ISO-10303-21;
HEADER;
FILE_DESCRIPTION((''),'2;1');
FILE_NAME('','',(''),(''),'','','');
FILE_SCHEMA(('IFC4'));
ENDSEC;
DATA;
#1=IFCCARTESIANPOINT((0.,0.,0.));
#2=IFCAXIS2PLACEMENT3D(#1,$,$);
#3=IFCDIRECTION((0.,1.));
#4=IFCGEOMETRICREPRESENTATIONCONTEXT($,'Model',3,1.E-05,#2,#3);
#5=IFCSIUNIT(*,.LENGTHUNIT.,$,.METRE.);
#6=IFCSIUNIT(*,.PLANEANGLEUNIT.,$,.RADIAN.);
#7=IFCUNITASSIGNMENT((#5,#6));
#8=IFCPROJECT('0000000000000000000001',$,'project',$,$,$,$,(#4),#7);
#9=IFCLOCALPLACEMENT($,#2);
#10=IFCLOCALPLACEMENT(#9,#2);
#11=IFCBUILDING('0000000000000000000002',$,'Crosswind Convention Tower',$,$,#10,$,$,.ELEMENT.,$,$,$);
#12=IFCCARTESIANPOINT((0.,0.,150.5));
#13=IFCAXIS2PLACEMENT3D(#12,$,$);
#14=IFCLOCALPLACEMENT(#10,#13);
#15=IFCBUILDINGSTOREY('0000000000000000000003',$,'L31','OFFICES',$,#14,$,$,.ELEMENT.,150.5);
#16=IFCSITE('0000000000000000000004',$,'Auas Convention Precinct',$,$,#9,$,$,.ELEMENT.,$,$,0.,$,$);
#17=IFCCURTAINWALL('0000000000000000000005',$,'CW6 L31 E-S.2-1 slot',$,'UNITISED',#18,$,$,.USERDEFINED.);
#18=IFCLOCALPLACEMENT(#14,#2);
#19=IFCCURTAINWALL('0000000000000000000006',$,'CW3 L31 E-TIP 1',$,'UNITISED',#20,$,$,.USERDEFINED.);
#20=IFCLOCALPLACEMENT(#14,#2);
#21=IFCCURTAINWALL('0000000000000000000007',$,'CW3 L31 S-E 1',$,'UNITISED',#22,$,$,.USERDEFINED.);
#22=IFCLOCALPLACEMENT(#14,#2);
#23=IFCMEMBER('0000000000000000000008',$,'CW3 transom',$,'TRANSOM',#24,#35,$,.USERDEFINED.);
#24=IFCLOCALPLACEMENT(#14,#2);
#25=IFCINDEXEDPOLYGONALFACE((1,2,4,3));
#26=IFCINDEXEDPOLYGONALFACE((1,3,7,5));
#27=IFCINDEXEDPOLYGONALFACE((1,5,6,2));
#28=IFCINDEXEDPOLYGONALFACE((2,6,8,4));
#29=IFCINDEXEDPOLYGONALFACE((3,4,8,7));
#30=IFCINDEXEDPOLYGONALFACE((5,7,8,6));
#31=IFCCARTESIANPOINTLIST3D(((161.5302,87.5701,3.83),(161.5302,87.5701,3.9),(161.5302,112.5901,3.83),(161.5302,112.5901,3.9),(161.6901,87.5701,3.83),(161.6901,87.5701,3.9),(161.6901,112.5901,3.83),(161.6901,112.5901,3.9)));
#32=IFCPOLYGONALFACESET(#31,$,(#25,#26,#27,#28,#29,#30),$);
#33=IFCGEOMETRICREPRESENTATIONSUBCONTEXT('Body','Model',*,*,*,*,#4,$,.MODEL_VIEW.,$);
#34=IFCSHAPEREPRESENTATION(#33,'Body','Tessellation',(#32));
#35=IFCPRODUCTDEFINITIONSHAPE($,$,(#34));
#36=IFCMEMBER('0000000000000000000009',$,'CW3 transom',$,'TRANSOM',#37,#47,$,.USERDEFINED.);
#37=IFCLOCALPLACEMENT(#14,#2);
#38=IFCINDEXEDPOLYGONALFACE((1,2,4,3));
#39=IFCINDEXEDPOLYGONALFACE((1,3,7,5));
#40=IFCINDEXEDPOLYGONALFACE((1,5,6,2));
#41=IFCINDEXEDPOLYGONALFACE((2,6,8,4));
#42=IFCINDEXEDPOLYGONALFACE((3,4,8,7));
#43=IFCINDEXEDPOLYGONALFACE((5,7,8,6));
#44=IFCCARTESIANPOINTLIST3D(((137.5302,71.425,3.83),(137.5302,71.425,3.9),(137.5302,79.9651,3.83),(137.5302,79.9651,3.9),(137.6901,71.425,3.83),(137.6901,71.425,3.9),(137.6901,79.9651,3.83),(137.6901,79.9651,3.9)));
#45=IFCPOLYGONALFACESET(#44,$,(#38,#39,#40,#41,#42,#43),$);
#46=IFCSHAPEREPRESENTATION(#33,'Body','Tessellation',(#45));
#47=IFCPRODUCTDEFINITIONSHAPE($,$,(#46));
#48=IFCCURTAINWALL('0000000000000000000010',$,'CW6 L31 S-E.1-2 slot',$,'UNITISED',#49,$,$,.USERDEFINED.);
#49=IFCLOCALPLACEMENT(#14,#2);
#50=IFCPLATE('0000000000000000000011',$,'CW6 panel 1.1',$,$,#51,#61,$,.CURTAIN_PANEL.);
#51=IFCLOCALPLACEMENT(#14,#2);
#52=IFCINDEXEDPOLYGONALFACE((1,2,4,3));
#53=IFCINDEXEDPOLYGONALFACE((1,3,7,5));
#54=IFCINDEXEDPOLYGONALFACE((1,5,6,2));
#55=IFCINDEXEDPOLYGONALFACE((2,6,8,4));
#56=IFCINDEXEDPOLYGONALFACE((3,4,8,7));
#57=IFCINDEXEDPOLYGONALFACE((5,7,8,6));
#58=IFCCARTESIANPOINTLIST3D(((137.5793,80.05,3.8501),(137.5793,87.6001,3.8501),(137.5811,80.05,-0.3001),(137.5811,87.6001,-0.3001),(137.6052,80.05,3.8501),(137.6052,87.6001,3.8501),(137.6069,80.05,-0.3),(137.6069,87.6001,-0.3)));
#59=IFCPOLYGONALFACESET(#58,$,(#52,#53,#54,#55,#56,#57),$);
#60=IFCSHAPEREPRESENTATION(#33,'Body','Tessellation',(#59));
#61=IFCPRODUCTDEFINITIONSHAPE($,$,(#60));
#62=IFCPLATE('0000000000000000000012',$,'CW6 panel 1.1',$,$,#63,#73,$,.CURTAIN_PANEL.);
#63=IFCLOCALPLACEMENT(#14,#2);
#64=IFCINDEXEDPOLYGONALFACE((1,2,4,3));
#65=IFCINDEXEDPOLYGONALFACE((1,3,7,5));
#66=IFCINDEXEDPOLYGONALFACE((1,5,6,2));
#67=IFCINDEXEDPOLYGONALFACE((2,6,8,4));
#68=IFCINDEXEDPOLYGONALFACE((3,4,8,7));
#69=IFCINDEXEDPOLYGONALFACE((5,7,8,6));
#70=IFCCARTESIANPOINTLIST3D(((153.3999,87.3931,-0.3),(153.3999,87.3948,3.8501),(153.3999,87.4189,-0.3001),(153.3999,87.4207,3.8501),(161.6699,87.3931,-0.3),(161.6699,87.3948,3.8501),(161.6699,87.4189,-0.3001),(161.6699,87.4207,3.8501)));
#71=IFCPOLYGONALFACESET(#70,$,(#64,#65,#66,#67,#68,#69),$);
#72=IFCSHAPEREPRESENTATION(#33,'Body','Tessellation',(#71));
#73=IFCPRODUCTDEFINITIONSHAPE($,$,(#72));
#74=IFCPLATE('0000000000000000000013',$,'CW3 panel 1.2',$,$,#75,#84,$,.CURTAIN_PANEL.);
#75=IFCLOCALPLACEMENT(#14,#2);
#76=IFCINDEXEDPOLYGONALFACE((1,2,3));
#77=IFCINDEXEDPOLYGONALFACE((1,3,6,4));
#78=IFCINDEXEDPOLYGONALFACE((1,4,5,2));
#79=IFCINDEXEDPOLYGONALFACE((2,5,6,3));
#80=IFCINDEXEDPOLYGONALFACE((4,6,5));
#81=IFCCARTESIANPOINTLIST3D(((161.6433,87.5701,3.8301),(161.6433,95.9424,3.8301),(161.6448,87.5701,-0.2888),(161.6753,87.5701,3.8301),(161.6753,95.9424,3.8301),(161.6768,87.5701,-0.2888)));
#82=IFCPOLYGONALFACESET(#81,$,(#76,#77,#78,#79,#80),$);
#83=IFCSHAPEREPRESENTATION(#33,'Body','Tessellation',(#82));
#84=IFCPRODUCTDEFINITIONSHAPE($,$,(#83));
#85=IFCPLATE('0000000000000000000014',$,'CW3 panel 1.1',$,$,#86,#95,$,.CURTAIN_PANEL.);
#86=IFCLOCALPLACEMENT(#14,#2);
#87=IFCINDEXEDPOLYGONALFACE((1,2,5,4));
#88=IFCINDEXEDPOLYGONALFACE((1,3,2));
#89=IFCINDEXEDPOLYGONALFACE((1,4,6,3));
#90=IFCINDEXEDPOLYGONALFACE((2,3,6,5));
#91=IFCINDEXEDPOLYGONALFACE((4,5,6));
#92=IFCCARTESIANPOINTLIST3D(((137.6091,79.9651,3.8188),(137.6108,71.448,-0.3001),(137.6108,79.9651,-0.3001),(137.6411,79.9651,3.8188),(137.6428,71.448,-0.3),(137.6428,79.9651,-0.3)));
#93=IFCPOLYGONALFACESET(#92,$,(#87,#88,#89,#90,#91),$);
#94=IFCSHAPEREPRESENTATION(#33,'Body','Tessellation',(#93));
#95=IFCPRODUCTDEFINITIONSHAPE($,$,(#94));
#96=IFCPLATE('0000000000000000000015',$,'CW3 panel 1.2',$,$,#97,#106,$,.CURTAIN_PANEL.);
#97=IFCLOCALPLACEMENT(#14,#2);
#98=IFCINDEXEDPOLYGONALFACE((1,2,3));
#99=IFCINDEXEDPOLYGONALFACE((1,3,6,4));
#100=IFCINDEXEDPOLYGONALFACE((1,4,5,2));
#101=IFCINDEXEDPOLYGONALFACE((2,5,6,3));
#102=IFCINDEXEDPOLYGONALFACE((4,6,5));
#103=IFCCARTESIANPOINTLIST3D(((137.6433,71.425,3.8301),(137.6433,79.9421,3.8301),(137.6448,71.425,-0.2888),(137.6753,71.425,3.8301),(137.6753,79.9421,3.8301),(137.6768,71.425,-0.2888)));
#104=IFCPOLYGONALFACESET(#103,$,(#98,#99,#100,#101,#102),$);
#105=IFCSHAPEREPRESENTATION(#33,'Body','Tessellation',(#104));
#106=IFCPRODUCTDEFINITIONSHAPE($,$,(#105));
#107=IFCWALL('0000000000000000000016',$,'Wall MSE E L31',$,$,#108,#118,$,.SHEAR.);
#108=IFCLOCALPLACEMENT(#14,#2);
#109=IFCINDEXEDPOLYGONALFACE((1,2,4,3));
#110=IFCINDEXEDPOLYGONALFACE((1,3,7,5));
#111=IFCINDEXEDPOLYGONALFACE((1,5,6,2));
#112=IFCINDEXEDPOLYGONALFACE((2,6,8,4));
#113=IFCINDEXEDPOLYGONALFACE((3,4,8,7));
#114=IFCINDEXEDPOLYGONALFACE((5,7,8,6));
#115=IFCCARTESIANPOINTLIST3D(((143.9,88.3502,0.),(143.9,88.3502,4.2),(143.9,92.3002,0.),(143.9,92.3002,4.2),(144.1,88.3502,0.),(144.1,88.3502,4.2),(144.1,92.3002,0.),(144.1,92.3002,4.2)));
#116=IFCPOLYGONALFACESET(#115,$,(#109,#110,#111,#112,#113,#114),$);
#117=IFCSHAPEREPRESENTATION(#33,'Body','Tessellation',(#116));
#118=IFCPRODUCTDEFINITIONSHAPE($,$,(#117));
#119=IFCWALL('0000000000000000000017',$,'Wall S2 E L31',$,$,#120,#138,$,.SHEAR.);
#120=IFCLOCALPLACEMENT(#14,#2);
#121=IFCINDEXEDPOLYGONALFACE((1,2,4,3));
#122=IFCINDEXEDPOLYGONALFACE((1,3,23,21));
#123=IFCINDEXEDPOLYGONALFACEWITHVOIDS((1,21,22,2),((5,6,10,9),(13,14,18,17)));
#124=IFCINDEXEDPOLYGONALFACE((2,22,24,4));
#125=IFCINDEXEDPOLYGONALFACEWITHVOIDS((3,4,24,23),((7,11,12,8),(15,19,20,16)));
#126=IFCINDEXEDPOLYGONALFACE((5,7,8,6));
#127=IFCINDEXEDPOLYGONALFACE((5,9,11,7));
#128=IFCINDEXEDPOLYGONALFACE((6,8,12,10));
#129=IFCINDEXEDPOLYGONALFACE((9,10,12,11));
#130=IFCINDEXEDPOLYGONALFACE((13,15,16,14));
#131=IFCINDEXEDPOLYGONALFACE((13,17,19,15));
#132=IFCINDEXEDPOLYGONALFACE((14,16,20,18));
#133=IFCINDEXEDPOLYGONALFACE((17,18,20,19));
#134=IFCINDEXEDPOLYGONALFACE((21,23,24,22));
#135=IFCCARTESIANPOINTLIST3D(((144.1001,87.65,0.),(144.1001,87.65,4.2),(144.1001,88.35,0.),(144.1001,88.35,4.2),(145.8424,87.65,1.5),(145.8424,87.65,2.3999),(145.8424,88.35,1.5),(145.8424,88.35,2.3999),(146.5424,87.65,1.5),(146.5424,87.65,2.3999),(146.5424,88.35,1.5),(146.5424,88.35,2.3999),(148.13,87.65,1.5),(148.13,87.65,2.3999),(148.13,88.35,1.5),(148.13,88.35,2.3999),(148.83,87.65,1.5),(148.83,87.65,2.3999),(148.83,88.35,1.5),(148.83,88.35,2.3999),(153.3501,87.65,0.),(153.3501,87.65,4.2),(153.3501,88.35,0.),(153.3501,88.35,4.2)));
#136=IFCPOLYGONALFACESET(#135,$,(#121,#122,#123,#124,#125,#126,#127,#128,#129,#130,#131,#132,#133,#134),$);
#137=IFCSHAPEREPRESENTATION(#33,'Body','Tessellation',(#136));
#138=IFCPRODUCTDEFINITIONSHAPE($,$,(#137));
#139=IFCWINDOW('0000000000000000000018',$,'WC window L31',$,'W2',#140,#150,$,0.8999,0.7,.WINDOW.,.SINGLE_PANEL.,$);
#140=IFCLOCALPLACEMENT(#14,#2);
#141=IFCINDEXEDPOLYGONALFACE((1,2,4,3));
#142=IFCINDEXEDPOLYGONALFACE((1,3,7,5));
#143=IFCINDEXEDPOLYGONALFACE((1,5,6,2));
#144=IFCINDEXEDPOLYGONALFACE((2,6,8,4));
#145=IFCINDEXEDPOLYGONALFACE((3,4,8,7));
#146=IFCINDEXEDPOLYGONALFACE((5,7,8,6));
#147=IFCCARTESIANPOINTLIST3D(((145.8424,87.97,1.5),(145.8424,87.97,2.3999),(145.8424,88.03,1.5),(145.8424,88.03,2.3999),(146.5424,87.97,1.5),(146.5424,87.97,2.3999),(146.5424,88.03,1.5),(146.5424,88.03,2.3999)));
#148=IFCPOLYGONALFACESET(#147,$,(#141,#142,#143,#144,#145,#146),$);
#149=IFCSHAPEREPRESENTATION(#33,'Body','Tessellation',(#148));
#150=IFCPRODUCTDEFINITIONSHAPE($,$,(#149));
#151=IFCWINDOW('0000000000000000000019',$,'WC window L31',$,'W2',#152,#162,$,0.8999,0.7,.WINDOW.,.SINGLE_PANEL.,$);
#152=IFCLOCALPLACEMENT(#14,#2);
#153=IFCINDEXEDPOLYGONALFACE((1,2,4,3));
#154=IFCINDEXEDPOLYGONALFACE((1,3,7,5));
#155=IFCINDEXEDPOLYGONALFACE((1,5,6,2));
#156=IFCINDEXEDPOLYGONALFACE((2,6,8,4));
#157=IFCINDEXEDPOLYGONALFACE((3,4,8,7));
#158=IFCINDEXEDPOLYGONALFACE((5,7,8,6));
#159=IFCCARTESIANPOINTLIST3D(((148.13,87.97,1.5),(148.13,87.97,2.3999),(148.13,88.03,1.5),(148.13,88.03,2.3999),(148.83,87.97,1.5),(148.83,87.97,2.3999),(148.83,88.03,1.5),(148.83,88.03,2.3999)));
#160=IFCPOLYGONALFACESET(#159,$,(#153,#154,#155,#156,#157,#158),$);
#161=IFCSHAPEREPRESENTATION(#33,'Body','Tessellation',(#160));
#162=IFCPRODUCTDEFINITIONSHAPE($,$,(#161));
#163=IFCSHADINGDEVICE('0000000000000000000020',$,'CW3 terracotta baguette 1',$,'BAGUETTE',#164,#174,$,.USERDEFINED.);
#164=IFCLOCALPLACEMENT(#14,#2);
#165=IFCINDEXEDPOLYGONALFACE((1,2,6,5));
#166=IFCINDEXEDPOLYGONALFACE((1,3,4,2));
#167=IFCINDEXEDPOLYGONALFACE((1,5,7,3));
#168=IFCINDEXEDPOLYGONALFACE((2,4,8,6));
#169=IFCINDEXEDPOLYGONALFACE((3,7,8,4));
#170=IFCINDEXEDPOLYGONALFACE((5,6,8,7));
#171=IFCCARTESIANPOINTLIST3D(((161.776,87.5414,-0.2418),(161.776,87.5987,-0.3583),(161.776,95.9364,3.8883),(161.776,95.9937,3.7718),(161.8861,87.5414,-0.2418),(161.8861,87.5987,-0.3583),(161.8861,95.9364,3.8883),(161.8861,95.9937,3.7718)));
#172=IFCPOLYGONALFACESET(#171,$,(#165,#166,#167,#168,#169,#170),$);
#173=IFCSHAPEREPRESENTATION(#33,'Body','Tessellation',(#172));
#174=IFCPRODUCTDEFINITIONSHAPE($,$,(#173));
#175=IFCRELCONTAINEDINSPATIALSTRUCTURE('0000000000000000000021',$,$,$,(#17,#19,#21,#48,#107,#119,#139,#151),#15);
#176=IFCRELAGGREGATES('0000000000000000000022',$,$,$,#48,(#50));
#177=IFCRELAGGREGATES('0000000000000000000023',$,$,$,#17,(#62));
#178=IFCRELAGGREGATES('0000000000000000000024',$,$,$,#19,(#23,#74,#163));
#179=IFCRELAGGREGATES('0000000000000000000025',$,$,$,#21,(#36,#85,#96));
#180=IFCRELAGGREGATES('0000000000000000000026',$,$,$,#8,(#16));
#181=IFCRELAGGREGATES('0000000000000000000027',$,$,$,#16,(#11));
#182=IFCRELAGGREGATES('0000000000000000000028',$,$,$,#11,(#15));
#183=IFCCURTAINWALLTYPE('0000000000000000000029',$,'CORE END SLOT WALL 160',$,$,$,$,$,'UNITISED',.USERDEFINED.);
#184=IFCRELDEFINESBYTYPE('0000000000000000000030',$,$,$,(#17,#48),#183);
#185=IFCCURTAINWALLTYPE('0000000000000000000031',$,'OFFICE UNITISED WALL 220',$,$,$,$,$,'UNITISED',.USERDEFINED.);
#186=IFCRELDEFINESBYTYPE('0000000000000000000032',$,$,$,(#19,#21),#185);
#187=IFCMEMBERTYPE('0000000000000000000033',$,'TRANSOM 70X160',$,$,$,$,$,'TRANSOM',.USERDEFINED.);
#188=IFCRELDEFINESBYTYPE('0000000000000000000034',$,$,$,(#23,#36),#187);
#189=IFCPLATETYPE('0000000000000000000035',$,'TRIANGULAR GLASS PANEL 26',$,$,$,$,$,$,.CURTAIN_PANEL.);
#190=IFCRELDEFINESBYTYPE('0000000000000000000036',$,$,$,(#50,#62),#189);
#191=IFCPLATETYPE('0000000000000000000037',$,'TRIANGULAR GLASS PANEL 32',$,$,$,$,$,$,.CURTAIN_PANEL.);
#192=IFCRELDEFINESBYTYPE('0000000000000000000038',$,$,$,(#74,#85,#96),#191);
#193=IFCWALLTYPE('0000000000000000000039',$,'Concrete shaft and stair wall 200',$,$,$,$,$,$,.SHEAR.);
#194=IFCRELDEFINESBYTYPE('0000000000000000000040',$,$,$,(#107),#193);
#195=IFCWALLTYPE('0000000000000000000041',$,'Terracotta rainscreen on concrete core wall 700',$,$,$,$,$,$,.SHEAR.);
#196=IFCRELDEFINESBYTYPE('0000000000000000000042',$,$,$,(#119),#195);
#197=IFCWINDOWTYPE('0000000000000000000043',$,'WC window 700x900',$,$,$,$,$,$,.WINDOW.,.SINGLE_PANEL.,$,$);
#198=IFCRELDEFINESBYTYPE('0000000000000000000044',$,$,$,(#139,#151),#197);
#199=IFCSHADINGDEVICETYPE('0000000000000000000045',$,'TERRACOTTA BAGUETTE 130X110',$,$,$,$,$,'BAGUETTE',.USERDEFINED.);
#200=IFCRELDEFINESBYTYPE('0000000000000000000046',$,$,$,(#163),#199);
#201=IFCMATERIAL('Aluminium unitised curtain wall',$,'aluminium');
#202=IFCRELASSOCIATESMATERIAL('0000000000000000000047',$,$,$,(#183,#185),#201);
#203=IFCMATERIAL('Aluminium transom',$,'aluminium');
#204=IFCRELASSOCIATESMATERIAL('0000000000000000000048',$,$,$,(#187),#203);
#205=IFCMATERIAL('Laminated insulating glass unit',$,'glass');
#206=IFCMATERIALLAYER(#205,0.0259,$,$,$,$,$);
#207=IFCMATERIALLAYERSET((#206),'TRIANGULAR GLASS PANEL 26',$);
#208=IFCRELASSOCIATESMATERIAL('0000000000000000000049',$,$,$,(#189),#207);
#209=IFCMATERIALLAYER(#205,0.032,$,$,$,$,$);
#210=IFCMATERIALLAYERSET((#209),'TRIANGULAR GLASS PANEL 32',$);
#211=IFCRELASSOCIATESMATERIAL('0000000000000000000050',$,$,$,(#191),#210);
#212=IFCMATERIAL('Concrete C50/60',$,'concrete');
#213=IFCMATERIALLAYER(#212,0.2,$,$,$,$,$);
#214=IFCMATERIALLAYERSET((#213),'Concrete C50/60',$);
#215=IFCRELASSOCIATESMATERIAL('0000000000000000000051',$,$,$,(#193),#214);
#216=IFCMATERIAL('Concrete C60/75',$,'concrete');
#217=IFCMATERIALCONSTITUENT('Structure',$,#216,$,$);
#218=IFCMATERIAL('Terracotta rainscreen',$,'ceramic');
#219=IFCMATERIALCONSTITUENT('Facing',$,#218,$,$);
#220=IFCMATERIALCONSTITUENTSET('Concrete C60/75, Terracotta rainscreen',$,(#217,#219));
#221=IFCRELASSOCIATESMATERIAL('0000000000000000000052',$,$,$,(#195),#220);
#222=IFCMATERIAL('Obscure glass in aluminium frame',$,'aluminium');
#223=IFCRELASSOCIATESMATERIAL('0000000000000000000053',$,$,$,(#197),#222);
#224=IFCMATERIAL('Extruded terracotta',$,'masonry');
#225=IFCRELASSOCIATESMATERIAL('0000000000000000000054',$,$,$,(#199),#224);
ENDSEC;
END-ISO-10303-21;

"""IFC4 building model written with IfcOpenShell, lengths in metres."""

from ifc_helpers import new_model, si_unit, direction, frame, frame_2d, origin, origin_2d, place, context, subcontext, project, spatial, polyline, rectangle, outline, extrude, material, layer, layer_set, constituent, constituent_set, material_profile, profile_set, type_object, element, fill, aggregate, save


model = new_model("IFC4")

# Units and contexts
model_context = context("Model", 3, precision=1e-05, world=origin(), true_north=direction((0.0, 1.0)))
body_context = subcontext(model_context, "Body", "Model", "MODEL_VIEW")
ifc_project = project(units=[si_unit("LENGTHUNIT", "METRE"), si_unit("PLANEANGLEUNIT", "RADIAN")], contexts=[model_context])

# Site, building, storey
site_placement = place(None, origin())
site = spatial("IfcSite", under=ifc_project, at=site_placement, Name="Auas Convention Precinct", CompositionType="ELEMENT", RefElevation=0.0)
building_placement = place(site_placement, origin())
building = spatial("IfcBuilding", under=site, at=building_placement, Name="Crosswind Convention Tower", CompositionType="ELEMENT")
storey_placement = place(building_placement, frame((0.0, 0.0, 150.5)))
storey = spatial("IfcBuildingStorey", under=building, at=storey_placement, Name="L31", Description="OFFICES", CompositionType="ELEMENT", Elevation=150.5)

# Shared definitions
ifc_material_1 = material(Name="Concrete C60/75", Category="concrete")

# Curtain wall
ifc_material_2 = material(Name="Aluminium unitised curtain wall", Category="aluminium")
curtain_wall_type_1 = type_object("IfcCurtainWallType", Name="CORE END SLOT WALL 160", ElementType="UNITISED", PredefinedType="USERDEFINED", material=ifc_material_2)
curtain_wall_1_placement = place(storey_placement, origin())
curtain_wall_1 = element("IfcCurtainWall", 1, at=curtain_wall_1_placement, inside=storey, type_object=curtain_wall_type_1, Name="CW6 L31 E-S.2-1 slot", ObjectType="UNITISED", PredefinedType="USERDEFINED")

# Curtain walls
curtain_wall_type_2 = type_object("IfcCurtainWallType", Name="OFFICE UNITISED WALL 220", ElementType="UNITISED", PredefinedType="USERDEFINED", material=ifc_material_2)
curtain_wall_2_placement = place(storey_placement, origin())
curtain_wall_2 = element("IfcCurtainWall", 2, at=curtain_wall_2_placement, inside=storey, type_object=curtain_wall_type_2, Name="CW3 L31 E-TIP 1", ObjectType="UNITISED", PredefinedType="USERDEFINED")
curtain_wall_3_placement = place(storey_placement, origin())
curtain_wall_3 = element("IfcCurtainWall", 3, at=curtain_wall_3_placement, inside=storey, type_object=curtain_wall_type_2, Name="CW3 L31 S-E 1", ObjectType="UNITISED", PredefinedType="USERDEFINED")

# Members
ifc_material_3 = material(Name="Aluminium transom", Category="aluminium")
ifc_material_profile_1 = material_profile(ifc_material_3, rectangle(XDim=0.1599, YDim=0.0701, at=origin_2d()), Name="AL 160X70")
ifc_profile_set_1 = profile_set([ifc_material_profile_1], Name="Aluminium transom")
member_type_1 = type_object("IfcMemberType", Name="TRANSOM 70X160", ElementType="TRANSOM", PredefinedType="USERDEFINED", material=ifc_profile_set_1)
member_1_placement = place(storey_placement, frame((161.6101, 87.5701, 3.865), z_axis=(0.0, 1.0, 0.0), x_axis=(-1.0, 0.0, 0.0)))
member_1 = element("IfcMember", 4, at=member_1_placement, type_object=member_type_1, Name="CW3 transom", ObjectType="TRANSOM", PredefinedType="USERDEFINED", context=body_context, shape_type="SweptSolid", body=[
    extrude(rectangle(XDim=0.1599, YDim=0.0701, at=origin_2d()), origin(), (0.0, 0.0, 1.0), 25.02),
])
member_2_placement = place(storey_placement, frame((137.6101, 71.425, 3.865), z_axis=(0.0, 1.0, 0.0), x_axis=(-1.0, 0.0, 0.0)))
member_2 = element("IfcMember", 5, at=member_2_placement, type_object=member_type_1, Name="CW3 transom", ObjectType="TRANSOM", PredefinedType="USERDEFINED", context=body_context, shape_type="SweptSolid", body=[
    extrude(rectangle(XDim=0.1599, YDim=0.0701, at=origin_2d()), origin(), (0.0, 0.0, 1.0), 8.54),
])

# Curtain wall, plate
curtain_wall_4_placement = place(storey_placement, origin())
curtain_wall_4 = element("IfcCurtainWall", 6, at=curtain_wall_4_placement, inside=storey, type_object=curtain_wall_type_1, Name="CW6 L31 S-E.1-2 slot", ObjectType="UNITISED", PredefinedType="USERDEFINED")
ifc_material_4 = material(Name="Laminated insulating glass unit", Category="glass")
ifc_layer_1 = layer(ifc_material_4, 0.0259)
ifc_layer_set_1 = layer_set([ifc_layer_1], Name="TRIANGULAR GLASS PANEL 26")
plate_type_1 = type_object("IfcPlateType", Name="TRIANGULAR GLASS PANEL 26", PredefinedType="CURTAIN_PANEL", material=ifc_layer_set_1)
plate_1_placement = place(storey_placement, frame((137.6069, 80.05, -0.3), z_axis=(1.0, 0.0, 0.000412), x_axis=(0.0, 1.0, 0.0)))
plate_1 = element("IfcPlate", 7, at=plate_1_placement, type_object=plate_type_1, Name="CW6 panel 1.1", PredefinedType="CURTAIN_PANEL", context=body_context, shape_type="SweptSolid", body=[
    extrude(outline(polyline([(0.0, 0.0), (7.55, 0.0), (7.55, 4.1501), (0.0, 4.1501), (0.0, 0.0)])), origin(), (0.0, 0.0, -1.0), 0.0259),
])
aggregate(curtain_wall_4, [plate_1])

# Plates
plate_2_placement = place(storey_placement, frame((153.3999, 87.3931, -0.3), z_axis=(0.0, -1.0, 0.000412), x_axis=(1.0, 0.0, 0.0)))
plate_2 = element("IfcPlate", 8, at=plate_2_placement, type_object=plate_type_1, Name="CW6 panel 1.1", PredefinedType="CURTAIN_PANEL", context=body_context, shape_type="SweptSolid", body=[
    extrude(outline(polyline([(0.0, 0.0), (8.27, 0.0), (8.27, 4.1501), (0.0, 4.1501), (0.0, 0.0)])), origin(), (0.0, 0.0, -1.0), 0.0259),
])
aggregate(curtain_wall_1, [plate_2])
ifc_layer_2 = layer(ifc_material_4, 0.032)
ifc_layer_set_2 = layer_set([ifc_layer_2], Name="TRIANGULAR GLASS PANEL 32")
plate_type_2 = type_object("IfcPlateType", Name="TRIANGULAR GLASS PANEL 32", PredefinedType="CURTAIN_PANEL", material=ifc_layer_set_2)
plate_3_placement = place(storey_placement, frame((161.6753, 87.5701, 3.8301), z_axis=(1.0, 0.0, 0.000356), x_axis=(0.000356, 0.0, -1.0)))
plate_3 = element("IfcPlate", 9, at=plate_3_placement, type_object=plate_type_2, Name="CW3 panel 1.2", PredefinedType="CURTAIN_PANEL", context=body_context, shape_type="SweptSolid", body=[
    extrude(outline(polyline([(0.0, 0.0), (4.1189, 0.0), (0.0, 8.3723), (0.0, 0.0)])), origin(), (0.0, 0.0, -1.0), 0.032),
])
plate_4_placement = place(storey_placement, frame((137.6428, 79.9651, -0.3), z_axis=(1.0, 0.0, 0.000415), x_axis=(-0.000415, 0.0, 1.0)))
plate_4 = element("IfcPlate", 10, at=plate_4_placement, type_object=plate_type_2, Name="CW3 panel 1.1", PredefinedType="CURTAIN_PANEL", context=body_context, shape_type="SweptSolid", body=[
    extrude(outline(polyline([(0.0, 0.0), (4.1189, 0.0), (0.0, 8.5171), (0.0, 0.0)])), origin(), (0.0, 0.0, -1.0), 0.032),
])
plate_5_placement = place(storey_placement, frame((137.6753, 71.425, 3.8301), z_axis=(1.0, 0.0, 0.000356), x_axis=(0.000356, 0.0, -1.0)))
plate_5 = element("IfcPlate", 11, at=plate_5_placement, type_object=plate_type_2, Name="CW3 panel 1.2", PredefinedType="CURTAIN_PANEL", context=body_context, shape_type="SweptSolid", body=[
    extrude(outline(polyline([(0.0, 0.0), (4.1189, 0.0), (0.0, 8.5171), (0.0, 0.0)])), origin(), (0.0, 0.0, -1.0), 0.032),
])

# Wall
ifc_material_5 = material(Name="Concrete C50/60", Category="concrete")
ifc_layer_3 = layer(ifc_material_5, 0.2)
ifc_layer_set_3 = layer_set([ifc_layer_3], Name="Concrete C50/60")
wall_type_1 = type_object("IfcWallType", Name="Concrete shaft and stair wall 200", PredefinedType="SHEAR", material=ifc_layer_set_3)
wall_1_placement = place(storey_placement, frame((144.0, 88.3501, 0.0), z_axis=(0.0, 0.0, 1.0), x_axis=(0.0, 1.0, 0.0)))
element("IfcWall", 12, at=wall_1_placement, inside=storey, type_object=wall_type_1, Name="Wall MSE E L31", PredefinedType="SHEAR", context=body_context, shape_type="SweptSolid", body=[
    extrude(rectangle(XDim=3.95, YDim=0.2, at=frame_2d((1.9751, 0.0))), origin(), (0.0, 0.0, 1.0), 4.2),
])

# Wall, openings, windows
ifc_constituent_1 = constituent(ifc_material_1, Name="Structure")
ifc_material_6 = material(Name="Terracotta rainscreen", Category="ceramic")
ifc_constituent_2 = constituent(ifc_material_6, Name="Facing")
ifc_constituent_set = constituent_set(constituents=[ifc_constituent_1, ifc_constituent_2], Name="Concrete C60/75, Terracotta rainscreen")
wall_type_2 = type_object("IfcWallType", Name="Terracotta rainscreen on concrete core wall 700", PredefinedType="SHEAR", material=ifc_constituent_set)
wall_2_placement = place(storey_placement, frame((144.1001, 88.0, 0.0), z_axis=(0.0, 0.0, 1.0), x_axis=(1.0, 0.0, 0.0)))
wall_2 = element("IfcWall", 13, at=wall_2_placement, inside=storey, type_object=wall_type_2, Name="Wall S2 E L31", PredefinedType="SHEAR", context=body_context, shape_type="SweptSolid", body=[
    extrude(rectangle(XDim=9.25, YDim=0.7, at=frame_2d((4.625, 0.0))), origin(), (0.0, 0.0, 1.0), 4.2),
])
opening_1_placement = place(wall_2_placement, frame((1.7422, 0.0, 1.5)))
opening_1 = element("IfcOpeningElement", 14, at=opening_1_placement, cuts=wall_2, PredefinedType="OPENING", context=body_context, shape_type="SweptSolid", body=[
    extrude(rectangle(XDim=0.7, YDim=0.8999, at=frame_2d((0.3501, 0.45))), frame((0.0, 0.3599, 0.0), z_axis=(0.0, -1.0, 0.0), x_axis=(1.0, 0.0, 0.0)), (0.0, 0.0, 1.0), 0.72),
])
opening_2_placement = place(wall_2_placement, frame((4.0298, 0.0, 1.5)))
opening_2 = element("IfcOpeningElement", 15, at=opening_2_placement, cuts=wall_2, PredefinedType="OPENING", context=body_context, shape_type="SweptSolid", body=[
    extrude(rectangle(XDim=0.7, YDim=0.8999, at=frame_2d((0.3501, 0.45))), frame((0.0, 0.3599, 0.0), z_axis=(0.0, -1.0, 0.0), x_axis=(1.0, 0.0, 0.0)), (0.0, 0.0, 1.0), 0.72),
])
ifc_material_7 = material(Name="Obscure glass in aluminium frame", Category="aluminium")
window_type = type_object("IfcWindowType", Name="WC window 700x900", PartitioningType="SINGLE_PANEL", PredefinedType="WINDOW", material=ifc_material_7)
window_1_placement = place(opening_1_placement, origin())
window_1 = element("IfcWindow", 16, at=window_1_placement, inside=storey, type_object=window_type, Name="WC window L31", ObjectType="W2", OverallHeight=0.8999, OverallWidth=0.7, PartitioningType="SINGLE_PANEL", PredefinedType="WINDOW", context=body_context, shape_type="SweptSolid", body=[
    extrude(rectangle(XDim=0.7, YDim=0.8999, at=frame_2d((0.3501, 0.45))), frame((0.0, 0.03, 0.0), z_axis=(0.0, -1.0, 0.0), x_axis=(1.0, 0.0, 0.0)), (0.0, 0.0, 1.0), 0.0601),
])
fill(opening_1, window_1)
window_2_placement = place(opening_2_placement, origin())
window_2 = element("IfcWindow", 17, at=window_2_placement, inside=storey, type_object=window_type, Name="WC window L31", ObjectType="W2", OverallHeight=0.8999, OverallWidth=0.7, PartitioningType="SINGLE_PANEL", PredefinedType="WINDOW", context=body_context, shape_type="SweptSolid", body=[
    extrude(rectangle(XDim=0.7, YDim=0.8999, at=frame_2d((0.3501, 0.45))), frame((0.0, 0.03, 0.0), z_axis=(0.0, -1.0, 0.0), x_axis=(1.0, 0.0, 0.0)), (0.0, 0.0, 1.0), 0.0601),
])
fill(opening_2, window_2)

# Shading device
ifc_material_8 = material(Name="Extruded terracotta", Category="masonry")
ifc_material_profile_2 = material_profile(ifc_material_8, rectangle(XDim=0.1101, YDim=0.1299, at=origin_2d()), Name="TC 110X130")
ifc_profile_set_2 = profile_set([ifc_material_profile_2], Name="Extruded terracotta")
shading_device_type = type_object("IfcShadingDeviceType", Name="TERRACOTTA BAGUETTE 130X110", ElementType="BAGUETTE", PredefinedType="USERDEFINED", material=ifc_profile_set_2)
shading_device_1_placement = place(storey_placement, frame((161.8311, 87.5701, -0.3), z_axis=(0.0, 0.897289, 0.441443), x_axis=(-1.0, 0.0, 0.0)))
shading_device_1 = element("IfcShadingDevice", 18, at=shading_device_1_placement, type_object=shading_device_type, Name="CW3 terracotta baguette 1", ObjectType="BAGUETTE", PredefinedType="USERDEFINED", context=body_context, shape_type="SweptSolid", body=[
    extrude(rectangle(XDim=0.1101, YDim=0.1299, at=origin_2d()), origin(), (0.0, 0.0, 1.0), 9.356),
])
aggregate(curtain_wall_2, [member_1, plate_3, shading_device_1])
aggregate(curtain_wall_3, [member_2, plate_4, plate_5])

save(model, "model.ifc")
